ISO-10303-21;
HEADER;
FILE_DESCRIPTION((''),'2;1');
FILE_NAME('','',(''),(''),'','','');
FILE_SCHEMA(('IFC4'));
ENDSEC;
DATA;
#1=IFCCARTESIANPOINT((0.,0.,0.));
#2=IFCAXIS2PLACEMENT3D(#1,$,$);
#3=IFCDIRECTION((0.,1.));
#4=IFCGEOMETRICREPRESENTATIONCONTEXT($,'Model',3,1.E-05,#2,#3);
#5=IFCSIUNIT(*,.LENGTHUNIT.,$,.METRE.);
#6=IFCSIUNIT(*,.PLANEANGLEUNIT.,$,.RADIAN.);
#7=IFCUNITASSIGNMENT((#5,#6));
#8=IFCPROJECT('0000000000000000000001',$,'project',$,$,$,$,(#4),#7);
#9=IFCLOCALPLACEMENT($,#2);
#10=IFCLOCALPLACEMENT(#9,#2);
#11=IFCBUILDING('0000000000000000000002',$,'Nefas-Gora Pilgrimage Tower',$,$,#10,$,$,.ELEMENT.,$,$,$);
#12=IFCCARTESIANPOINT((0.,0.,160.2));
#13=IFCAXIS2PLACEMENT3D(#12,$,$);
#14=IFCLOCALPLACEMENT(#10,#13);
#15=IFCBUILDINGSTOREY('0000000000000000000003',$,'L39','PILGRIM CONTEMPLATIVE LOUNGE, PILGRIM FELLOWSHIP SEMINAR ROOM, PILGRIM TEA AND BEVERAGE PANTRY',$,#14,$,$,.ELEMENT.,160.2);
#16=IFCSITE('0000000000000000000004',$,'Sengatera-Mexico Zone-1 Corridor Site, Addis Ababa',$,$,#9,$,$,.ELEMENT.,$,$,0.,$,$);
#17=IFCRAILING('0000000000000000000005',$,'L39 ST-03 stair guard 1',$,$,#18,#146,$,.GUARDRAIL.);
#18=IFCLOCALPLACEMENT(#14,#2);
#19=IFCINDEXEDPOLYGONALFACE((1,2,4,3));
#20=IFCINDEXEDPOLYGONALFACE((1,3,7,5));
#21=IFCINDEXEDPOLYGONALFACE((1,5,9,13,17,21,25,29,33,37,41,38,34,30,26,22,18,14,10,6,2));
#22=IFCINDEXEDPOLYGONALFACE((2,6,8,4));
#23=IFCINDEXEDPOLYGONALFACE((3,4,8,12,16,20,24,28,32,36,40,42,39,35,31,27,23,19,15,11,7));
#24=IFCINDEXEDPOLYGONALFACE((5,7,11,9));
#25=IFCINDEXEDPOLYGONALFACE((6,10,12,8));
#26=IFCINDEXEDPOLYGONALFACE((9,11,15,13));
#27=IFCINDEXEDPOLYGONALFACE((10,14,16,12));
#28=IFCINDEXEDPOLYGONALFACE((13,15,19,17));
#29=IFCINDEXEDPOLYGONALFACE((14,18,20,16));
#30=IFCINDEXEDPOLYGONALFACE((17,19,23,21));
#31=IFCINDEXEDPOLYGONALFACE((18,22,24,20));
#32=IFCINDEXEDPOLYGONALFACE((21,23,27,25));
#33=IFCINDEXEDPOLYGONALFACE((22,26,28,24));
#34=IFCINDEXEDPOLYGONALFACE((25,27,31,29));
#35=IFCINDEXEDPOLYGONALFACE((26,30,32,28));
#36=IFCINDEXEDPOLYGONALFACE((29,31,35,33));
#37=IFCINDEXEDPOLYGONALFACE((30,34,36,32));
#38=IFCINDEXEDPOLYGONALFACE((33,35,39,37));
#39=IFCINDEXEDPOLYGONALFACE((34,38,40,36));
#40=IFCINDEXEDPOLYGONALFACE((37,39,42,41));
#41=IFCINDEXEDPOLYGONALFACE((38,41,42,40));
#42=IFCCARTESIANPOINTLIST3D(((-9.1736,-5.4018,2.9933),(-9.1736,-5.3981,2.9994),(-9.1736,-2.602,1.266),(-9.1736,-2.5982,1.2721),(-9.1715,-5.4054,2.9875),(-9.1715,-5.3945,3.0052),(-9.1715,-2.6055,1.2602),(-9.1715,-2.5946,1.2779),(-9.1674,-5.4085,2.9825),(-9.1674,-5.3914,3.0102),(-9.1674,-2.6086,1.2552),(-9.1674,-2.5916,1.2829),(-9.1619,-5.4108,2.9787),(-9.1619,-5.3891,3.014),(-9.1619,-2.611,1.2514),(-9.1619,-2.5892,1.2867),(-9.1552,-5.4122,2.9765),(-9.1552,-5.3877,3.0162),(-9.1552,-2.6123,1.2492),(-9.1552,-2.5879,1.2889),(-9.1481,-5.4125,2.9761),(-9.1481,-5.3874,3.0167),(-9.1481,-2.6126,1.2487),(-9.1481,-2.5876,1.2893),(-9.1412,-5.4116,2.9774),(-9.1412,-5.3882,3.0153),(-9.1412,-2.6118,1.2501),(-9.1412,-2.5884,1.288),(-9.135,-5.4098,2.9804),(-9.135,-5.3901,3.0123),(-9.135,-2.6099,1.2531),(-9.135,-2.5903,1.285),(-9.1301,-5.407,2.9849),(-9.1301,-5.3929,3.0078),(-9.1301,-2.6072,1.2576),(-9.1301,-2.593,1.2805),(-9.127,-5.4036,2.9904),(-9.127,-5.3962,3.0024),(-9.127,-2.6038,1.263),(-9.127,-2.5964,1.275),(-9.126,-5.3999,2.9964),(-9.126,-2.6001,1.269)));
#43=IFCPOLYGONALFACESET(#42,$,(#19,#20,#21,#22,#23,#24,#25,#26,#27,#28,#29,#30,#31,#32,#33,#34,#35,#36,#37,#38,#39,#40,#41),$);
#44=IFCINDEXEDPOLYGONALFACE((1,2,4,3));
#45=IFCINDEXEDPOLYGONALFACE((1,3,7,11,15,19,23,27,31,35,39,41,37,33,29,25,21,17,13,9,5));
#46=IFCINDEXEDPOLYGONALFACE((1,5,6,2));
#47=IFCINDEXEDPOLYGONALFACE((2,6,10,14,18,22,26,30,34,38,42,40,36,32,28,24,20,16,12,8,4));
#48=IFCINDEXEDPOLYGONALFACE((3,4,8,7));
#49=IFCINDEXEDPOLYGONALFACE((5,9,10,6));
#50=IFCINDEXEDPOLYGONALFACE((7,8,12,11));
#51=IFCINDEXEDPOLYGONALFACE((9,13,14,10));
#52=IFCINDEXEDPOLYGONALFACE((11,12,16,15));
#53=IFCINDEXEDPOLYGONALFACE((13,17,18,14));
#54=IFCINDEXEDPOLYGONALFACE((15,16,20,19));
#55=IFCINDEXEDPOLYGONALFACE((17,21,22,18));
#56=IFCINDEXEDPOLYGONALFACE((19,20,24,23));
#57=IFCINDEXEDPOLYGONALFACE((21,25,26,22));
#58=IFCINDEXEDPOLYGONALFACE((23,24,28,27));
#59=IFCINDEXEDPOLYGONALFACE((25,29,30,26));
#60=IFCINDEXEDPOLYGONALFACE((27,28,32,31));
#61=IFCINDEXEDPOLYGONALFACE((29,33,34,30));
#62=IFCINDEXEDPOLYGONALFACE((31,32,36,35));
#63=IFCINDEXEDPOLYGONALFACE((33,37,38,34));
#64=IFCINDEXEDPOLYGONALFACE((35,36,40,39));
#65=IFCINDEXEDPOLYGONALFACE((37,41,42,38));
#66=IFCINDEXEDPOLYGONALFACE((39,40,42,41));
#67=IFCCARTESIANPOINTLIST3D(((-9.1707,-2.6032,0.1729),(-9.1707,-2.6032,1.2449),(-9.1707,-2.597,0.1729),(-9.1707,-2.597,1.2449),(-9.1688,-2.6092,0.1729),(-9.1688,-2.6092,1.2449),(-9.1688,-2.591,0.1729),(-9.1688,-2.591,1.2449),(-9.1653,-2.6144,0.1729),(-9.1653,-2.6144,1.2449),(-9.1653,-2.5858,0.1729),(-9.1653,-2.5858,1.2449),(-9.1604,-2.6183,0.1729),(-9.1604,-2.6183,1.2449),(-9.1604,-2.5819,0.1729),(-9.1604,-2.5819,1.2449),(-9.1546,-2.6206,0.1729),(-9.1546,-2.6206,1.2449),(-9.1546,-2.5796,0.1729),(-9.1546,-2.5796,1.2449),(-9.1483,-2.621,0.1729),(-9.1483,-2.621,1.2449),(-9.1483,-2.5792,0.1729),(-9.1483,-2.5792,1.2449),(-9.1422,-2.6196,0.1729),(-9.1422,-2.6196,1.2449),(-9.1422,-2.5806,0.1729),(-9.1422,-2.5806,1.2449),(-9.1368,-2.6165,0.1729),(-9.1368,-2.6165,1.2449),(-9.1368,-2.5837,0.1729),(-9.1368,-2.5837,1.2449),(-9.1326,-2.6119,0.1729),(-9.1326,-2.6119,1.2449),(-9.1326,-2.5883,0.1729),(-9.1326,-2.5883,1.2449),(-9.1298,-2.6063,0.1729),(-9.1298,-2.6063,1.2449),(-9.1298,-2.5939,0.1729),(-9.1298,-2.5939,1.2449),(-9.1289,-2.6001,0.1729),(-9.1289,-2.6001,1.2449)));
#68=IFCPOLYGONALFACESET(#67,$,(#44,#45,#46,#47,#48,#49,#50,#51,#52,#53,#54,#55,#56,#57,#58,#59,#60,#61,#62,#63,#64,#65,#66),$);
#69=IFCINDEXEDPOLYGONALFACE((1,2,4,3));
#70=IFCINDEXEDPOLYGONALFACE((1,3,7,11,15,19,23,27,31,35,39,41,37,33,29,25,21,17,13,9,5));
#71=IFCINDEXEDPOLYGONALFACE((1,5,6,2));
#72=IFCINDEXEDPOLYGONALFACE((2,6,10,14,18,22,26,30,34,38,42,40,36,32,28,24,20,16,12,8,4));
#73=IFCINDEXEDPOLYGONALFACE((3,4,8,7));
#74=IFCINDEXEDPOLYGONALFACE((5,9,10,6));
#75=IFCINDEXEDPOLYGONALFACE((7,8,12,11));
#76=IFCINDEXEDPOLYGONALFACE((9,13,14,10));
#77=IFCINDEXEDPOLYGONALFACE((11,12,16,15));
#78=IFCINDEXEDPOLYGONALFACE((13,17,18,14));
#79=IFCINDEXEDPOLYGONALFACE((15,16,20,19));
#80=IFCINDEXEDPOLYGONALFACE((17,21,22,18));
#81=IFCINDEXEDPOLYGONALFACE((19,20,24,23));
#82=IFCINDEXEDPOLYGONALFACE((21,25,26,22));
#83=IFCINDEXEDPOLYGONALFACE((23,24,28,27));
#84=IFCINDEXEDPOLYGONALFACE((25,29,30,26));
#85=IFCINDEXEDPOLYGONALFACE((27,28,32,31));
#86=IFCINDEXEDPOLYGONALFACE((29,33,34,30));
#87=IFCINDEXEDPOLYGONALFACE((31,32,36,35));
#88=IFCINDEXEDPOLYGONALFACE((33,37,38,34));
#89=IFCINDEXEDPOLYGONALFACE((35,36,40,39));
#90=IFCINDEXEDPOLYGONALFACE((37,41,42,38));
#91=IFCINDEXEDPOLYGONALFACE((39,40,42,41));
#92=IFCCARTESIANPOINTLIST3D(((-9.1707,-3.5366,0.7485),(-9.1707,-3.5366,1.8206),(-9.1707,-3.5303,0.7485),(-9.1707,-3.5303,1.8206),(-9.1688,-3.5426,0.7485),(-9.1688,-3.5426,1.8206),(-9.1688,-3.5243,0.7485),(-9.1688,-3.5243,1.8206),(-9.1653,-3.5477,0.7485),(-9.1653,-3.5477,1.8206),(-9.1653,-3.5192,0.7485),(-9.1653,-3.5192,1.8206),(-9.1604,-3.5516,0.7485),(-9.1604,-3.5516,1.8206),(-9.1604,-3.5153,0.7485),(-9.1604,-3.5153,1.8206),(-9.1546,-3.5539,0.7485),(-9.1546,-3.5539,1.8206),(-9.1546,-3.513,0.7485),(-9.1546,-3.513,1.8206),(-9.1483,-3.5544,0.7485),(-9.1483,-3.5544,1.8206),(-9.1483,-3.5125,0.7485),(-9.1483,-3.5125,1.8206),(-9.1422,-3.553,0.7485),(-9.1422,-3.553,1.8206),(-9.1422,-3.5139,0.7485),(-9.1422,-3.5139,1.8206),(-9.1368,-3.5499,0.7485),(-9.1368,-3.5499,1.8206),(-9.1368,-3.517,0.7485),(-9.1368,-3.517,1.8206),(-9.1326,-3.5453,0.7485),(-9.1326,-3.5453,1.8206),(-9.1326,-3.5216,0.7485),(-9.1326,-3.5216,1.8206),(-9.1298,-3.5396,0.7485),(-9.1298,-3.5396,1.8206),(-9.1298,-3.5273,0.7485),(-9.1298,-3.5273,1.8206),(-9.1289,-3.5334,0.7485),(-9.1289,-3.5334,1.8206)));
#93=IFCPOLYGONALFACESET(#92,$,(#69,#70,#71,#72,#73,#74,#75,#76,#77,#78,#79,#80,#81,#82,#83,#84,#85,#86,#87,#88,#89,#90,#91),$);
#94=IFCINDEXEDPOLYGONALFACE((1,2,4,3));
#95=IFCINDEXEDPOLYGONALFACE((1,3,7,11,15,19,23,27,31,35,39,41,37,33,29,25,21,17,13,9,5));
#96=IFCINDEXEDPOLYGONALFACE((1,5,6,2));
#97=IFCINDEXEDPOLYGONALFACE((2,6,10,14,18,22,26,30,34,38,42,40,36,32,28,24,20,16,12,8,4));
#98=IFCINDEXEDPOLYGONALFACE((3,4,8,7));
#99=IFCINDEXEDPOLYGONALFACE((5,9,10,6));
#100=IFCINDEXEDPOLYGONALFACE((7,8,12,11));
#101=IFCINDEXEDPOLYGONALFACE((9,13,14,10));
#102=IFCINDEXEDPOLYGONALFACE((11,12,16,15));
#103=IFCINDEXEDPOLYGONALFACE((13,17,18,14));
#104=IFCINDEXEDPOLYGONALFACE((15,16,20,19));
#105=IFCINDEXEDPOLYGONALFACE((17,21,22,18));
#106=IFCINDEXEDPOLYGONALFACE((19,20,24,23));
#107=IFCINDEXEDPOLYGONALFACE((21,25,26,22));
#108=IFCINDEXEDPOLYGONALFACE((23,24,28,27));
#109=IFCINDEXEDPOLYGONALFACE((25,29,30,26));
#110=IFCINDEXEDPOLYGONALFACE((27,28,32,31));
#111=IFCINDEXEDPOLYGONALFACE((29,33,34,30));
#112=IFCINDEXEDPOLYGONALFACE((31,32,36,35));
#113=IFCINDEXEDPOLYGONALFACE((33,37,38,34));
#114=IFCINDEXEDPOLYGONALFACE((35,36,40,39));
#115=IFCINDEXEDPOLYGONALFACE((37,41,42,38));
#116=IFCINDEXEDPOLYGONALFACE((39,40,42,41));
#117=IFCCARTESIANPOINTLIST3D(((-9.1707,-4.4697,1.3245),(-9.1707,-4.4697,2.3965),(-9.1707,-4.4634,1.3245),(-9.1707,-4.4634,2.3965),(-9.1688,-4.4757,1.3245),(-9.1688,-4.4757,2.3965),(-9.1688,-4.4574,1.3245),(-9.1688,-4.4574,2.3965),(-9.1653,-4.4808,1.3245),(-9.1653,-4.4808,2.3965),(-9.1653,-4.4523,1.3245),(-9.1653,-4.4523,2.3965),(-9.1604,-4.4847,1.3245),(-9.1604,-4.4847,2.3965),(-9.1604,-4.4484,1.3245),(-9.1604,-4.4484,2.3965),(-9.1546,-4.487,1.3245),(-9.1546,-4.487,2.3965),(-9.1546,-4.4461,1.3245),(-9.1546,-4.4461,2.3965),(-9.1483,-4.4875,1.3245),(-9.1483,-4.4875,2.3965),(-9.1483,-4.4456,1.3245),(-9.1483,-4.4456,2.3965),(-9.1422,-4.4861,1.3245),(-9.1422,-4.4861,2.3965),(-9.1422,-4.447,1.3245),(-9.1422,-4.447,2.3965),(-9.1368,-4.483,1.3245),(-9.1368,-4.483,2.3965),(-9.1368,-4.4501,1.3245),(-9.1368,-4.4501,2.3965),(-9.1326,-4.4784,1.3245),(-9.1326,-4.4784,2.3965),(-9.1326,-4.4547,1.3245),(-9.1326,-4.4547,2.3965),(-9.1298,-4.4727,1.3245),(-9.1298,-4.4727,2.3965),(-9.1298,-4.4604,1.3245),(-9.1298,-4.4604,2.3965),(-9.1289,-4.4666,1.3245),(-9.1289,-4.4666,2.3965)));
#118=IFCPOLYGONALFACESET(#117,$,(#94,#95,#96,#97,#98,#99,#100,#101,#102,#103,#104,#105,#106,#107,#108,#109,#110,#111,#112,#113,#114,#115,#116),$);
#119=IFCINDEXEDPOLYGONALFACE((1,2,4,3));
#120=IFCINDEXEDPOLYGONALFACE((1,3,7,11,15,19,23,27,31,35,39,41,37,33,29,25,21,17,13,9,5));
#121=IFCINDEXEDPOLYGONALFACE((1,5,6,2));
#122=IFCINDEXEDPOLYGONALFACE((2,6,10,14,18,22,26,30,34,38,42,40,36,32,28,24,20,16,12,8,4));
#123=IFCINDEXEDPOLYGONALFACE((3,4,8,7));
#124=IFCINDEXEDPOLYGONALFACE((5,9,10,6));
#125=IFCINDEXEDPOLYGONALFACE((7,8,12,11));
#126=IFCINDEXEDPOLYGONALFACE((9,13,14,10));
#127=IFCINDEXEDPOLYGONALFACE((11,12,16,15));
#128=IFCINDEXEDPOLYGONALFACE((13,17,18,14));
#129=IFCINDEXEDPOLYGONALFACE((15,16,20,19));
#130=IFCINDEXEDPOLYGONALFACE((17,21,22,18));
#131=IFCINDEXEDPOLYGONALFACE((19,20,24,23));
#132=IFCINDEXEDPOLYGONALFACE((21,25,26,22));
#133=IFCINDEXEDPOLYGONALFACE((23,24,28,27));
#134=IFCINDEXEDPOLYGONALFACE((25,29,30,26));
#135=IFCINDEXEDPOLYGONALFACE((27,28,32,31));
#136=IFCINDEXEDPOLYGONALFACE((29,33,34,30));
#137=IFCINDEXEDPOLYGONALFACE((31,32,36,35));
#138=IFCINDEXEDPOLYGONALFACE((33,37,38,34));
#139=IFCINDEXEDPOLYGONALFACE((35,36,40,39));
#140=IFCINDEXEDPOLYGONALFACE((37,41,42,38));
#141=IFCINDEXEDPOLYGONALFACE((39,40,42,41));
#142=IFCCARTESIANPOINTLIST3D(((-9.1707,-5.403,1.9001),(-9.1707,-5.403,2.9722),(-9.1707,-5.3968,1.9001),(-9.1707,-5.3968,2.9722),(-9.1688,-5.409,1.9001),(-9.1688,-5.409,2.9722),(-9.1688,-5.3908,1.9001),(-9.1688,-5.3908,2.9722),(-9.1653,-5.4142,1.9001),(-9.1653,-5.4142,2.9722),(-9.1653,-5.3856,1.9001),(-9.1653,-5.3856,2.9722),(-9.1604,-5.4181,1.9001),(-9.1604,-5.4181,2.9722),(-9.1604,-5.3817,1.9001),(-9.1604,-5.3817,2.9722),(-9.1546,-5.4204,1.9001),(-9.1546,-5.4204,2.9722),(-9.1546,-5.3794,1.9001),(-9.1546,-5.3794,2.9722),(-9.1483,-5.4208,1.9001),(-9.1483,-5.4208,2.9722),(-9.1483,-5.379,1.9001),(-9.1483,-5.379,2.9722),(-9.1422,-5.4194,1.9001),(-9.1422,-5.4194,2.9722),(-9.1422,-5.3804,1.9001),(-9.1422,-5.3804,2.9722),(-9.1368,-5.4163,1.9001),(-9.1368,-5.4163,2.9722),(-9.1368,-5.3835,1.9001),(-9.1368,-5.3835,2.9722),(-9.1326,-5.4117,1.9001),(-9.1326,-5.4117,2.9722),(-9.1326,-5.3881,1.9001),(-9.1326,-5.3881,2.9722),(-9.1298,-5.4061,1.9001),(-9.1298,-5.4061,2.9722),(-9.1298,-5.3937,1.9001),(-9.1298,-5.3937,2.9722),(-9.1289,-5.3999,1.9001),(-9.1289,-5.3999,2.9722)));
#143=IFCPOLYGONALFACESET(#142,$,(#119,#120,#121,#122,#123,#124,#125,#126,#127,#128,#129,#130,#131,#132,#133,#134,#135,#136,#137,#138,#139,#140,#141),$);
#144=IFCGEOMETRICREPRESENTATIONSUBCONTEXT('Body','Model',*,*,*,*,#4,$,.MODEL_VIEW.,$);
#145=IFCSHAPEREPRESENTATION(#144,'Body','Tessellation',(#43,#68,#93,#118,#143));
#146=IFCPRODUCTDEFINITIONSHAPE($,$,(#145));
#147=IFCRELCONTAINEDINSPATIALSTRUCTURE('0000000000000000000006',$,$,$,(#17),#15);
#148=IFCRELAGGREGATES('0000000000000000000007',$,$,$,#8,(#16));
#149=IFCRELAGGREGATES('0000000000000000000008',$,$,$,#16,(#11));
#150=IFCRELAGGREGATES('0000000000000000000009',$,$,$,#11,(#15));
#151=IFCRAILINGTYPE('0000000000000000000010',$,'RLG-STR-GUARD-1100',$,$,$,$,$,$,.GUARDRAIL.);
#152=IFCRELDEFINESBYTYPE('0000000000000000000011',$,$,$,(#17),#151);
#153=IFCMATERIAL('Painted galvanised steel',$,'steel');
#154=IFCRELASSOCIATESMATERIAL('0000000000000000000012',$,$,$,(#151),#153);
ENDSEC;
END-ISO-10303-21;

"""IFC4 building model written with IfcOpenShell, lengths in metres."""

from ifc_helpers import new_model, si_unit, direction, frame, origin, origin_2d, place, context, subcontext, project, spatial, circle, extrude, material, type_object, element, save


model = new_model("IFC4")

# Units and contexts
model_context = context("Model", 3, precision=1e-05, world=origin(), true_north=direction((0.0, 1.0)))
body_context = subcontext(model_context, "Body", "Model", "MODEL_VIEW")
ifc_project = project(units=[si_unit("LENGTHUNIT", "METRE"), si_unit("PLANEANGLEUNIT", "RADIAN")], contexts=[model_context])

# Site, building, storey
site_placement = place(None, origin())
site = spatial("IfcSite", under=ifc_project, at=site_placement, Name="Sengatera-Mexico Zone-1 Corridor Site, Addis Ababa", CompositionType="ELEMENT", RefElevation=0.0)
building_placement = place(site_placement, origin())
building = spatial("IfcBuilding", under=site, at=building_placement, Name="Nefas-Gora Pilgrimage Tower", CompositionType="ELEMENT")
storey_placement = place(building_placement, frame((0.0, 0.0, 160.2)))
storey = spatial("IfcBuildingStorey", under=building, at=storey_placement, Name="L39", Description="PILGRIM CONTEMPLATIVE LOUNGE, PILGRIM FELLOWSHIP SEMINAR ROOM, PILGRIM TEA AND BEVERAGE PANTRY", CompositionType="ELEMENT", Elevation=160.2)

# Railing
ifc_material_1 = material(Name="Painted galvanised steel", Category="steel")
railing_type_1 = type_object("IfcRailingType", Name="RLG-STR-GUARD-1100", PredefinedType="GUARDRAIL", material=ifc_material_1)
railing_1_placement = place(storey_placement, frame((-9.1499, -2.6001, 0.1729)))
element("IfcRailing", 1, at=railing_1_placement, inside=storey, type_object=railing_type_1, Name="L39 ST-03 stair guard 1", PredefinedType="GUARDRAIL", context=body_context, shape_type="SweptSolid", body=[
    extrude(circle(Radius=0.0239, at=origin_2d()), frame((0.0, 0.0, 1.0962), z_axis=(0.0, -0.851069, 0.525054), x_axis=(1.0, 0.0, 0.0)), (0.0, 0.0, 1.0), 3.2898),
    extrude(circle(Radius=0.021, at=origin_2d()), origin(), (0.0, 0.0, 1.0), 1.072),
    extrude(circle(Radius=0.021, at=origin_2d()), frame((0.0, -0.9333, 0.5757)), (0.0, 0.0, 1.0), 1.072),
    extrude(circle(Radius=0.021, at=origin_2d()), frame((0.0, -1.8665, 1.1516)), (0.0, 0.0, 1.0), 1.072),
    extrude(circle(Radius=0.021, at=origin_2d()), frame((0.0, -2.7998, 1.7273)), (0.0, 0.0, 1.0), 1.072),
])

save(model, "model.ifc")
